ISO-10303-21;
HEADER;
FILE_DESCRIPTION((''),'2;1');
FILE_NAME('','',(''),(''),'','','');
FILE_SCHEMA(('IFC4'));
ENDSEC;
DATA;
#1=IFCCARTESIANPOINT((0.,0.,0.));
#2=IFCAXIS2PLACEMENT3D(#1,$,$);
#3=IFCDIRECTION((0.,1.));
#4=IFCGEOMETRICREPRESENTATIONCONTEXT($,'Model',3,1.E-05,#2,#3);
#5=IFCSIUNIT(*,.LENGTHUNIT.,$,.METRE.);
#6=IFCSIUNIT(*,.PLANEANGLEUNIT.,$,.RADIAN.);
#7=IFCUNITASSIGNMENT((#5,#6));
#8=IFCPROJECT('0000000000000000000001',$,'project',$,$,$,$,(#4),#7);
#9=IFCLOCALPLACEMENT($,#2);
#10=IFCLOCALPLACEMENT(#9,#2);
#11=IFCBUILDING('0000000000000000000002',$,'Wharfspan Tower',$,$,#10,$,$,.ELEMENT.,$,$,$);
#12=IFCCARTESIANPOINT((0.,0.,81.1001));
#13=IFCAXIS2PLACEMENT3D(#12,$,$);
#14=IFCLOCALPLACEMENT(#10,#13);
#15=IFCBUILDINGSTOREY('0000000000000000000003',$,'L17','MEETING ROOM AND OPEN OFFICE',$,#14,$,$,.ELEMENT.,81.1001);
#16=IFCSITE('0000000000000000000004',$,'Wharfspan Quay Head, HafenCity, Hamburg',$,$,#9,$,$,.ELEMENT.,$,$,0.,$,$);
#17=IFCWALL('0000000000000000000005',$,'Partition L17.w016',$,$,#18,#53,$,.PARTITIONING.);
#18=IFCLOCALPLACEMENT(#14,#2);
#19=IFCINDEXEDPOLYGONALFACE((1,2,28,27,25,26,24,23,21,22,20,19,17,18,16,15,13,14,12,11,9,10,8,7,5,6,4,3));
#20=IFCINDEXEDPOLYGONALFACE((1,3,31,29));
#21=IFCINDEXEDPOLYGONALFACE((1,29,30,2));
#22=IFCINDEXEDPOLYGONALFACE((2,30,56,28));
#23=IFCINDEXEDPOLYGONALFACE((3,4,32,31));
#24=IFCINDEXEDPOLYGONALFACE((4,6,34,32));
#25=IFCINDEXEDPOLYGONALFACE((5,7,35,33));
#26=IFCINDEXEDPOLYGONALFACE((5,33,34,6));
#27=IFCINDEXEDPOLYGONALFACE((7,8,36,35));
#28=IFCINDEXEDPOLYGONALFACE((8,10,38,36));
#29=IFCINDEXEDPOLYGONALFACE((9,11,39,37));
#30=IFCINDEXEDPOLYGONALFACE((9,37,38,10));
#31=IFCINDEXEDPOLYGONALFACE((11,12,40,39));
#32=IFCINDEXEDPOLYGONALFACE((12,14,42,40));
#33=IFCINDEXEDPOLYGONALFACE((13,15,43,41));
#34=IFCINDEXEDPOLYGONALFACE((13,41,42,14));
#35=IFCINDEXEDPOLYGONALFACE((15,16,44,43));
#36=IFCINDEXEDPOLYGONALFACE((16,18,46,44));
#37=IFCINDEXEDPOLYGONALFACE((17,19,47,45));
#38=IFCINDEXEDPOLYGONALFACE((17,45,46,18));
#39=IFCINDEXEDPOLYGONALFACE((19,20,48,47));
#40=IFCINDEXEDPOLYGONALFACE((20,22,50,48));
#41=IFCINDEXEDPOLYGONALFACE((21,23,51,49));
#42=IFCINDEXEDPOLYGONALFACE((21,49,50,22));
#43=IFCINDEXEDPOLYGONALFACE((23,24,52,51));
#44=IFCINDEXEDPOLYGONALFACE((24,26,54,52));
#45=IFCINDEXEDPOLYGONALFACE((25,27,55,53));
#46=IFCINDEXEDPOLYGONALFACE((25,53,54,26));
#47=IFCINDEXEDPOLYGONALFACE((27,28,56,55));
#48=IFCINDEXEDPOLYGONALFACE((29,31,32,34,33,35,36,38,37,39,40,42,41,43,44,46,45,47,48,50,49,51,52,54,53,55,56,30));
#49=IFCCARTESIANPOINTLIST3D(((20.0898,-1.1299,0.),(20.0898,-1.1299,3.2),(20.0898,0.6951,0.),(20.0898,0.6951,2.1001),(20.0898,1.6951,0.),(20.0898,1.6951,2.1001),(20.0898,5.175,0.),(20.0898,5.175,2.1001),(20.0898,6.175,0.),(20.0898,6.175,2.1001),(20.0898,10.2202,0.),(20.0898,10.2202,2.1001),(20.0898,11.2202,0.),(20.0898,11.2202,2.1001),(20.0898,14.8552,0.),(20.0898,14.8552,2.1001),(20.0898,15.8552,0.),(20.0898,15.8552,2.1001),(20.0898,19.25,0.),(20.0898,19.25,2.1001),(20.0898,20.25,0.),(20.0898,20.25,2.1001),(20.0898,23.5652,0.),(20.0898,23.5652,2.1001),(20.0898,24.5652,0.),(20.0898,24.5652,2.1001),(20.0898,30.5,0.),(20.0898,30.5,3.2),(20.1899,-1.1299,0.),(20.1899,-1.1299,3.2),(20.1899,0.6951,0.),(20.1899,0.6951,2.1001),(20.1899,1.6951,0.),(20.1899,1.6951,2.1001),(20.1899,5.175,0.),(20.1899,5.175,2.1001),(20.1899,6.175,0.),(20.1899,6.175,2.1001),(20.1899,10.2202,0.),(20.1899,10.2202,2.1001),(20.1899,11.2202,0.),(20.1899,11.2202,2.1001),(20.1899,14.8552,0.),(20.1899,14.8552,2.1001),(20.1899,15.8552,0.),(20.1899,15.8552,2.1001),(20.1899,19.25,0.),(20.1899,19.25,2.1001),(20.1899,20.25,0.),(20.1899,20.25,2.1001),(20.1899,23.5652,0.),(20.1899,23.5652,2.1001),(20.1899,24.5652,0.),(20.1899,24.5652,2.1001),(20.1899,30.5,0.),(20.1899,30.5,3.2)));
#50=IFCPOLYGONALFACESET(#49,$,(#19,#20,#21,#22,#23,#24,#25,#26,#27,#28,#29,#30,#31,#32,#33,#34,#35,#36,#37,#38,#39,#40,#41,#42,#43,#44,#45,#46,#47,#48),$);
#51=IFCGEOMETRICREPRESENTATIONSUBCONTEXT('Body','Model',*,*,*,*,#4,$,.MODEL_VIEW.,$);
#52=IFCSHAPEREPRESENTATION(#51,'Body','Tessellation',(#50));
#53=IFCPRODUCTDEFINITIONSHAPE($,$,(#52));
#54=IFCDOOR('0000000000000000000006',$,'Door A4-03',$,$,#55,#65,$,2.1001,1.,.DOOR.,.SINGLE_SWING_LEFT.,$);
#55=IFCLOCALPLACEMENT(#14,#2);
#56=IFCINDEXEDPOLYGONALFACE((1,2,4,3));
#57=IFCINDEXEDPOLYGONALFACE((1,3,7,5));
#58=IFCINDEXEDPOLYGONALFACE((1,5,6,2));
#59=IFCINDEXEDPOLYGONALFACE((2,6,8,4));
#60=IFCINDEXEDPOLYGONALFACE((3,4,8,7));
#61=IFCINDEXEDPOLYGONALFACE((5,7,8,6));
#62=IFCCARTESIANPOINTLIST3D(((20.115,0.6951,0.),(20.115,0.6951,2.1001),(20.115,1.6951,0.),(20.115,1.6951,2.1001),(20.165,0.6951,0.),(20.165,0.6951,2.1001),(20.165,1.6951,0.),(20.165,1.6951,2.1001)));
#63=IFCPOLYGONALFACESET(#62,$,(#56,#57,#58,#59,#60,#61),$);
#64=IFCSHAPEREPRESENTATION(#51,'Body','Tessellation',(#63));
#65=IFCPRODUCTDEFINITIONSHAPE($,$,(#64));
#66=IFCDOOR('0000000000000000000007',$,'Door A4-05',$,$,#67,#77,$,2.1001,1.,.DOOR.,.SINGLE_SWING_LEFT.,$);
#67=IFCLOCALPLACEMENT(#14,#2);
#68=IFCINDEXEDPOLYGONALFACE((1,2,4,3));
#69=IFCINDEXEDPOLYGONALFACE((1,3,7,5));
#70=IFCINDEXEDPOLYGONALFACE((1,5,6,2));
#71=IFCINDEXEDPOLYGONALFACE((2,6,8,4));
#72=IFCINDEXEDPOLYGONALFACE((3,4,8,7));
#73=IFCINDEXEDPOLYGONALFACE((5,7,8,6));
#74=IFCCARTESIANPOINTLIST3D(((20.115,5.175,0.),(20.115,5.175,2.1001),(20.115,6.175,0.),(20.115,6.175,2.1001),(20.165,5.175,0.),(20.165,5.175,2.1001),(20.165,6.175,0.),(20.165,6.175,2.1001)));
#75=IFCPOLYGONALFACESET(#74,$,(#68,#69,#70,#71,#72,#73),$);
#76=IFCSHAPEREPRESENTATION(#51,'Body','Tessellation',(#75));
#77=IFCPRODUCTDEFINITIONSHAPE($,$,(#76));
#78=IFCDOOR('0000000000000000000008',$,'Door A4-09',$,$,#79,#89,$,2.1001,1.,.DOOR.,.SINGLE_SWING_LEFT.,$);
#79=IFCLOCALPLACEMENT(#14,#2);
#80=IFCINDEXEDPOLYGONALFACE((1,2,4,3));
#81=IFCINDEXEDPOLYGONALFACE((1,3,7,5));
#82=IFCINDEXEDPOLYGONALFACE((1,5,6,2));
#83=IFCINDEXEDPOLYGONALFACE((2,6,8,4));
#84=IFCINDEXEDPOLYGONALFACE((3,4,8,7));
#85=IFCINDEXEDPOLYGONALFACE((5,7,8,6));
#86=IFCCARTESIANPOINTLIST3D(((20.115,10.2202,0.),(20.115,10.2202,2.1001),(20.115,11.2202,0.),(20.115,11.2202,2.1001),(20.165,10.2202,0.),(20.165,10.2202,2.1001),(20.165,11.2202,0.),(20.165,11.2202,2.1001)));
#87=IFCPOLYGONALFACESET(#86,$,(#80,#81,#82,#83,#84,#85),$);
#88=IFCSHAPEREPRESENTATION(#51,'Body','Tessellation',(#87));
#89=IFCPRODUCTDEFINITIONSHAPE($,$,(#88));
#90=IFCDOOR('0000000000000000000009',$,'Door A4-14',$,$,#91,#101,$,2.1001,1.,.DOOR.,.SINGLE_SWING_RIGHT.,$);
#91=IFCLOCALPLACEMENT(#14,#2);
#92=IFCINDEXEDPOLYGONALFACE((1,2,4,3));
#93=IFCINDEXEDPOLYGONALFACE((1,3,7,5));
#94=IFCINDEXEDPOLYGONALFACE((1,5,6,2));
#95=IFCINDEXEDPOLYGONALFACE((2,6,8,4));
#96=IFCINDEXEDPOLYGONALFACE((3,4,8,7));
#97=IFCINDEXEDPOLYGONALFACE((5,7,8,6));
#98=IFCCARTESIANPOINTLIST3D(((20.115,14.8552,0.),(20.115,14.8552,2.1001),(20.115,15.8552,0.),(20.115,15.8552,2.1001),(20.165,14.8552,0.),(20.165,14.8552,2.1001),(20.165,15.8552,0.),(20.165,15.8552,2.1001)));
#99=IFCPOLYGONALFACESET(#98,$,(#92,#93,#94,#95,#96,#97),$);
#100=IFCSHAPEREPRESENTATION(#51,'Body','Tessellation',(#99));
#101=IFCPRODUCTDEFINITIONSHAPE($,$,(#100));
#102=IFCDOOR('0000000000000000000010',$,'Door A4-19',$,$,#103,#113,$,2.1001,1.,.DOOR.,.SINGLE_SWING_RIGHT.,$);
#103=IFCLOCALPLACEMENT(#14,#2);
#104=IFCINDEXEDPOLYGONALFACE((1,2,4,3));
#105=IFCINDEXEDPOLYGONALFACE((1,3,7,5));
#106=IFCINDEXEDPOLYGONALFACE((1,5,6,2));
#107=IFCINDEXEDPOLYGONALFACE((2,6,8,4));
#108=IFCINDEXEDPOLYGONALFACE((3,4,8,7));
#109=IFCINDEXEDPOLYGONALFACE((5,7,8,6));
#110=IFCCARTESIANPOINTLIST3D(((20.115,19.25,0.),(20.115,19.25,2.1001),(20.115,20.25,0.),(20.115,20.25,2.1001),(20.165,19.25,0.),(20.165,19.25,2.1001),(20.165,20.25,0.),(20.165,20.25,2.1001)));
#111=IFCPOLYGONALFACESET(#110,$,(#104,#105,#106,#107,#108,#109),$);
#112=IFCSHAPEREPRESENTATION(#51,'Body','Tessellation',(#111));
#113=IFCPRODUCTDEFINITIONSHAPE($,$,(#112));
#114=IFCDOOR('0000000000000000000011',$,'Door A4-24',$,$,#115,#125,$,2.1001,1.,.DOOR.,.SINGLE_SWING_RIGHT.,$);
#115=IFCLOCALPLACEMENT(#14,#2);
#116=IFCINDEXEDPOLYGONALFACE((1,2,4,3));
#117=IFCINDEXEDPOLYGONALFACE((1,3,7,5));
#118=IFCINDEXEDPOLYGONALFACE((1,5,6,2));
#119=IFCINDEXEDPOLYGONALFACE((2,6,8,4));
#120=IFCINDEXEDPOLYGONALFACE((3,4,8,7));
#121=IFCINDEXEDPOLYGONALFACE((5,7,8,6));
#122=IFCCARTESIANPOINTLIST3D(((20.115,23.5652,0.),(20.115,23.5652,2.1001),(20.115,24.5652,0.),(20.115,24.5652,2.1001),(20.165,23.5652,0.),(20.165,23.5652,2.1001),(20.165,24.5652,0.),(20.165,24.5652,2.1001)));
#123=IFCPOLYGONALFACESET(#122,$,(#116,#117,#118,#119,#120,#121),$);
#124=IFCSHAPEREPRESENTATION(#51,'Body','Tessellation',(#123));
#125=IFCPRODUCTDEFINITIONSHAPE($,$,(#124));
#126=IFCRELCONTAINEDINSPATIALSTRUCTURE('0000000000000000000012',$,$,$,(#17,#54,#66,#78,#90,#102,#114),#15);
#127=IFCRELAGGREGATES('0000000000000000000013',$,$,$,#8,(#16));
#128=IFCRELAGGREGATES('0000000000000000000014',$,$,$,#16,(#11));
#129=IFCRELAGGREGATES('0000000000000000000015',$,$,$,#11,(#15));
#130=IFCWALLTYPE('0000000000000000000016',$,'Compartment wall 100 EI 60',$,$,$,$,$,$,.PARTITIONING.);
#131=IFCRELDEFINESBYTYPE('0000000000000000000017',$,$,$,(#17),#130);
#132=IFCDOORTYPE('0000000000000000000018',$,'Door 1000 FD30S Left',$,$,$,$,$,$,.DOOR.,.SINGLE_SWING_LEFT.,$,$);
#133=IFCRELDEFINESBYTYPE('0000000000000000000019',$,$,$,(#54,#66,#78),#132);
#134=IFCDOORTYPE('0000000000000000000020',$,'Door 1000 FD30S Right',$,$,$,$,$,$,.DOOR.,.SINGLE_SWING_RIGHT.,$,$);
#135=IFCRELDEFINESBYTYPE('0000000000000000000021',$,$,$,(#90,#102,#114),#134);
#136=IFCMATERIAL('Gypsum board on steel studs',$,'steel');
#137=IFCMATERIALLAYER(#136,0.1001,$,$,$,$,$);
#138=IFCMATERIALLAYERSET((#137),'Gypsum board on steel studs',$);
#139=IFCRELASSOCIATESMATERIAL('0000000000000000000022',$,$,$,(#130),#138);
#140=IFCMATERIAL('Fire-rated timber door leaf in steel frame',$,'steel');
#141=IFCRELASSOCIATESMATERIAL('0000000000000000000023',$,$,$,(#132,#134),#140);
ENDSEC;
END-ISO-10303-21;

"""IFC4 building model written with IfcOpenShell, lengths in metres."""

from ifc_helpers import new_model, si_unit, direction, frame, frame_2d, origin, place, context, subcontext, project, spatial, rectangle, extrude, material, layer, layer_set, type_object, element, fill, save


model = new_model("IFC4")

# Units and contexts
model_context = context("Model", 3, precision=1e-05, world=origin(), true_north=direction((0.0, 1.0)))
body_context = subcontext(model_context, "Body", "Model", "MODEL_VIEW")
ifc_project = project(units=[si_unit("LENGTHUNIT", "METRE"), si_unit("PLANEANGLEUNIT", "RADIAN")], contexts=[model_context])

# Site, building, storey
site_placement = place(None, origin())
site = spatial("IfcSite", under=ifc_project, at=site_placement, Name="Wharfspan Quay Head, HafenCity, Hamburg", CompositionType="ELEMENT", RefElevation=0.0)
building_placement = place(site_placement, origin())
building = spatial("IfcBuilding", under=site, at=building_placement, Name="Wharfspan Tower", CompositionType="ELEMENT")
storey_placement = place(building_placement, frame((0.0, 0.0, 81.1001)))
storey = spatial("IfcBuildingStorey", under=building, at=storey_placement, Name="L17", Description="MEETING ROOM AND OPEN OFFICE", CompositionType="ELEMENT", Elevation=81.1001)

# Wall, openings, doors
ifc_material_1 = material(Name="Gypsum board on steel studs", Category="steel")
ifc_layer_1 = layer(ifc_material_1, 0.1001)
ifc_layer_set_1 = layer_set([ifc_layer_1], Name="Gypsum board on steel studs")
wall_type = type_object("IfcWallType", Name="Compartment wall 100 EI 60", PredefinedType="PARTITIONING", material=ifc_layer_set_1)
wall_1_placement = place(storey_placement, frame((20.1399, -1.1299, 0.0), z_axis=(0.0, 0.0, 1.0), x_axis=(0.0, 1.0, 0.0)))
wall_1 = element("IfcWall", 1, at=wall_1_placement, inside=storey, type_object=wall_type, Name="Partition L17.w016", PredefinedType="PARTITIONING", context=body_context, shape_type="SweptSolid", body=[
    extrude(rectangle(XDim=31.6299, YDim=0.1001, at=frame_2d((15.8149, 0.0))), origin(), (0.0, 0.0, 1.0), 3.2),
])
opening_1_placement = place(wall_1_placement, frame((1.825, 0.0, 0.0)))
opening_1 = element("IfcOpeningElement", 2, at=opening_1_placement, cuts=wall_1, PredefinedType="OPENING", context=body_context, shape_type="SweptSolid", body=[
    extrude(rectangle(XDim=1.0, YDim=2.1001, at=frame_2d((0.5, 1.05))), frame((0.0, 0.0601, 0.0), z_axis=(0.0, -1.0, 0.0), x_axis=(1.0, 0.0, 0.0)), (0.0, 0.0, 1.0), 0.1201),
])
opening_2_placement = place(wall_1_placement, frame((6.3049, 0.0, 0.0)))
opening_2 = element("IfcOpeningElement", 3, at=opening_2_placement, cuts=wall_1, PredefinedType="OPENING", context=body_context, shape_type="SweptSolid", body=[
    extrude(rectangle(XDim=1.0, YDim=2.1001, at=frame_2d((0.5, 1.05))), frame((0.0, 0.0601, 0.0), z_axis=(0.0, -1.0, 0.0), x_axis=(1.0, 0.0, 0.0)), (0.0, 0.0, 1.0), 0.1201),
])
opening_3_placement = place(wall_1_placement, frame((11.3501, 0.0, 0.0)))
opening_3 = element("IfcOpeningElement", 4, at=opening_3_placement, cuts=wall_1, PredefinedType="OPENING", context=body_context, shape_type="SweptSolid", body=[
    extrude(rectangle(XDim=1.0, YDim=2.1001, at=frame_2d((0.5, 1.05))), frame((0.0, 0.0601, 0.0), z_axis=(0.0, -1.0, 0.0), x_axis=(1.0, 0.0, 0.0)), (0.0, 0.0, 1.0), 0.1201),
])
opening_4_placement = place(wall_1_placement, frame((15.9851, 0.0, 0.0)))
opening_4 = element("IfcOpeningElement", 5, at=opening_4_placement, cuts=wall_1, PredefinedType="OPENING", context=body_context, shape_type="SweptSolid", body=[
    extrude(rectangle(XDim=1.0, YDim=2.1001, at=frame_2d((0.5, 1.05))), frame((0.0, 0.0601, 0.0), z_axis=(0.0, -1.0, 0.0), x_axis=(1.0, 0.0, 0.0)), (0.0, 0.0, 1.0), 0.1201),
])
opening_5_placement = place(wall_1_placement, frame((20.3799, 0.0, 0.0)))
opening_5 = element("IfcOpeningElement", 6, at=opening_5_placement, cuts=wall_1, PredefinedType="OPENING", context=body_context, shape_type="SweptSolid", body=[
    extrude(rectangle(XDim=1.0, YDim=2.1001, at=frame_2d((0.5, 1.05))), frame((0.0, 0.0601, 0.0), z_axis=(0.0, -1.0, 0.0), x_axis=(1.0, 0.0, 0.0)), (0.0, 0.0, 1.0), 0.1201),
])
opening_6_placement = place(wall_1_placement, frame((24.6951, 0.0, 0.0)))
opening_6 = element("IfcOpeningElement", 7, at=opening_6_placement, cuts=wall_1, PredefinedType="OPENING", context=body_context, shape_type="SweptSolid", body=[
    extrude(rectangle(XDim=1.0, YDim=2.1001, at=frame_2d((0.5, 1.05))), frame((0.0, 0.0601, 0.0), z_axis=(0.0, -1.0, 0.0), x_axis=(1.0, 0.0, 0.0)), (0.0, 0.0, 1.0), 0.1201),
])
ifc_material_2 = material(Name="Fire-rated timber door leaf in steel frame", Category="steel")
door_type_1 = type_object("IfcDoorType", Name="Door 1000 FD30S Left", OperationType="SINGLE_SWING_LEFT", PredefinedType="DOOR", material=ifc_material_2)
door_1_placement = place(opening_1_placement, origin())
door_1 = element("IfcDoor", 8, at=door_1_placement, inside=storey, type_object=door_type_1, Name="Door A4-03", OperationType="SINGLE_SWING_LEFT", OverallHeight=2.1001, OverallWidth=1.0, PredefinedType="DOOR", context=body_context, shape_type="SweptSolid", body=[
    extrude(rectangle(XDim=1.0, YDim=2.1001, at=frame_2d((0.5, 1.05))), frame((0.0, 0.0249, 0.0), z_axis=(0.0, -1.0, 0.0), x_axis=(1.0, 0.0, 0.0)), (0.0, 0.0, 1.0), 0.05),
])
fill(opening_1, door_1)
door_2_placement = place(opening_2_placement, origin())
door_2 = element("IfcDoor", 9, at=door_2_placement, inside=storey, type_object=door_type_1, Name="Door A4-05", OperationType="SINGLE_SWING_LEFT", OverallHeight=2.1001, OverallWidth=1.0, PredefinedType="DOOR", context=body_context, shape_type="SweptSolid", body=[
    extrude(rectangle(XDim=1.0, YDim=2.1001, at=frame_2d((0.5, 1.05))), frame((0.0, 0.0249, 0.0), z_axis=(0.0, -1.0, 0.0), x_axis=(1.0, 0.0, 0.0)), (0.0, 0.0, 1.0), 0.05),
])
fill(opening_2, door_2)
door_3_placement = place(opening_3_placement, origin())
door_3 = element("IfcDoor", 10, at=door_3_placement, inside=storey, type_object=door_type_1, Name="Door A4-09", OperationType="SINGLE_SWING_LEFT", OverallHeight=2.1001, OverallWidth=1.0, PredefinedType="DOOR", context=body_context, shape_type="SweptSolid", body=[
    extrude(rectangle(XDim=1.0, YDim=2.1001, at=frame_2d((0.5, 1.05))), frame((0.0, 0.0249, 0.0), z_axis=(0.0, -1.0, 0.0), x_axis=(1.0, 0.0, 0.0)), (0.0, 0.0, 1.0), 0.05),
])
fill(opening_3, door_3)
door_type_2 = type_object("IfcDoorType", Name="Door 1000 FD30S Right", OperationType="SINGLE_SWING_RIGHT", PredefinedType="DOOR", material=ifc_material_2)
door_4_placement = place(opening_4_placement, origin())
door_4 = element("IfcDoor", 11, at=door_4_placement, inside=storey, type_object=door_type_2, Name="Door A4-14", OperationType="SINGLE_SWING_RIGHT", OverallHeight=2.1001, OverallWidth=1.0, PredefinedType="DOOR", context=body_context, shape_type="SweptSolid", body=[
    extrude(rectangle(XDim=1.0, YDim=2.1001, at=frame_2d((0.5, 1.05))), frame((0.0, 0.0249, 0.0), z_axis=(0.0, -1.0, 0.0), x_axis=(1.0, 0.0, 0.0)), (0.0, 0.0, 1.0), 0.05),
])
fill(opening_4, door_4)
door_5_placement = place(opening_5_placement, origin())
door_5 = element("IfcDoor", 12, at=door_5_placement, inside=storey, type_object=door_type_2, Name="Door A4-19", OperationType="SINGLE_SWING_RIGHT", OverallHeight=2.1001, OverallWidth=1.0, PredefinedType="DOOR", context=body_context, shape_type="SweptSolid", body=[
    extrude(rectangle(XDim=1.0, YDim=2.1001, at=frame_2d((0.5, 1.05))), frame((0.0, 0.0249, 0.0), z_axis=(0.0, -1.0, 0.0), x_axis=(1.0, 0.0, 0.0)), (0.0, 0.0, 1.0), 0.05),
])
fill(opening_5, door_5)
door_6_placement = place(opening_6_placement, origin())
door_6 = element("IfcDoor", 13, at=door_6_placement, inside=storey, type_object=door_type_2, Name="Door A4-24", OperationType="SINGLE_SWING_RIGHT", OverallHeight=2.1001, OverallWidth=1.0, PredefinedType="DOOR", context=body_context, shape_type="SweptSolid", body=[
    extrude(rectangle(XDim=1.0, YDim=2.1001, at=frame_2d((0.5, 1.05))), frame((0.0, 0.0249, 0.0), z_axis=(0.0, -1.0, 0.0), x_axis=(1.0, 0.0, 0.0)), (0.0, 0.0, 1.0), 0.05),
])
fill(opening_6, door_6)

save(model, "model.ifc")
